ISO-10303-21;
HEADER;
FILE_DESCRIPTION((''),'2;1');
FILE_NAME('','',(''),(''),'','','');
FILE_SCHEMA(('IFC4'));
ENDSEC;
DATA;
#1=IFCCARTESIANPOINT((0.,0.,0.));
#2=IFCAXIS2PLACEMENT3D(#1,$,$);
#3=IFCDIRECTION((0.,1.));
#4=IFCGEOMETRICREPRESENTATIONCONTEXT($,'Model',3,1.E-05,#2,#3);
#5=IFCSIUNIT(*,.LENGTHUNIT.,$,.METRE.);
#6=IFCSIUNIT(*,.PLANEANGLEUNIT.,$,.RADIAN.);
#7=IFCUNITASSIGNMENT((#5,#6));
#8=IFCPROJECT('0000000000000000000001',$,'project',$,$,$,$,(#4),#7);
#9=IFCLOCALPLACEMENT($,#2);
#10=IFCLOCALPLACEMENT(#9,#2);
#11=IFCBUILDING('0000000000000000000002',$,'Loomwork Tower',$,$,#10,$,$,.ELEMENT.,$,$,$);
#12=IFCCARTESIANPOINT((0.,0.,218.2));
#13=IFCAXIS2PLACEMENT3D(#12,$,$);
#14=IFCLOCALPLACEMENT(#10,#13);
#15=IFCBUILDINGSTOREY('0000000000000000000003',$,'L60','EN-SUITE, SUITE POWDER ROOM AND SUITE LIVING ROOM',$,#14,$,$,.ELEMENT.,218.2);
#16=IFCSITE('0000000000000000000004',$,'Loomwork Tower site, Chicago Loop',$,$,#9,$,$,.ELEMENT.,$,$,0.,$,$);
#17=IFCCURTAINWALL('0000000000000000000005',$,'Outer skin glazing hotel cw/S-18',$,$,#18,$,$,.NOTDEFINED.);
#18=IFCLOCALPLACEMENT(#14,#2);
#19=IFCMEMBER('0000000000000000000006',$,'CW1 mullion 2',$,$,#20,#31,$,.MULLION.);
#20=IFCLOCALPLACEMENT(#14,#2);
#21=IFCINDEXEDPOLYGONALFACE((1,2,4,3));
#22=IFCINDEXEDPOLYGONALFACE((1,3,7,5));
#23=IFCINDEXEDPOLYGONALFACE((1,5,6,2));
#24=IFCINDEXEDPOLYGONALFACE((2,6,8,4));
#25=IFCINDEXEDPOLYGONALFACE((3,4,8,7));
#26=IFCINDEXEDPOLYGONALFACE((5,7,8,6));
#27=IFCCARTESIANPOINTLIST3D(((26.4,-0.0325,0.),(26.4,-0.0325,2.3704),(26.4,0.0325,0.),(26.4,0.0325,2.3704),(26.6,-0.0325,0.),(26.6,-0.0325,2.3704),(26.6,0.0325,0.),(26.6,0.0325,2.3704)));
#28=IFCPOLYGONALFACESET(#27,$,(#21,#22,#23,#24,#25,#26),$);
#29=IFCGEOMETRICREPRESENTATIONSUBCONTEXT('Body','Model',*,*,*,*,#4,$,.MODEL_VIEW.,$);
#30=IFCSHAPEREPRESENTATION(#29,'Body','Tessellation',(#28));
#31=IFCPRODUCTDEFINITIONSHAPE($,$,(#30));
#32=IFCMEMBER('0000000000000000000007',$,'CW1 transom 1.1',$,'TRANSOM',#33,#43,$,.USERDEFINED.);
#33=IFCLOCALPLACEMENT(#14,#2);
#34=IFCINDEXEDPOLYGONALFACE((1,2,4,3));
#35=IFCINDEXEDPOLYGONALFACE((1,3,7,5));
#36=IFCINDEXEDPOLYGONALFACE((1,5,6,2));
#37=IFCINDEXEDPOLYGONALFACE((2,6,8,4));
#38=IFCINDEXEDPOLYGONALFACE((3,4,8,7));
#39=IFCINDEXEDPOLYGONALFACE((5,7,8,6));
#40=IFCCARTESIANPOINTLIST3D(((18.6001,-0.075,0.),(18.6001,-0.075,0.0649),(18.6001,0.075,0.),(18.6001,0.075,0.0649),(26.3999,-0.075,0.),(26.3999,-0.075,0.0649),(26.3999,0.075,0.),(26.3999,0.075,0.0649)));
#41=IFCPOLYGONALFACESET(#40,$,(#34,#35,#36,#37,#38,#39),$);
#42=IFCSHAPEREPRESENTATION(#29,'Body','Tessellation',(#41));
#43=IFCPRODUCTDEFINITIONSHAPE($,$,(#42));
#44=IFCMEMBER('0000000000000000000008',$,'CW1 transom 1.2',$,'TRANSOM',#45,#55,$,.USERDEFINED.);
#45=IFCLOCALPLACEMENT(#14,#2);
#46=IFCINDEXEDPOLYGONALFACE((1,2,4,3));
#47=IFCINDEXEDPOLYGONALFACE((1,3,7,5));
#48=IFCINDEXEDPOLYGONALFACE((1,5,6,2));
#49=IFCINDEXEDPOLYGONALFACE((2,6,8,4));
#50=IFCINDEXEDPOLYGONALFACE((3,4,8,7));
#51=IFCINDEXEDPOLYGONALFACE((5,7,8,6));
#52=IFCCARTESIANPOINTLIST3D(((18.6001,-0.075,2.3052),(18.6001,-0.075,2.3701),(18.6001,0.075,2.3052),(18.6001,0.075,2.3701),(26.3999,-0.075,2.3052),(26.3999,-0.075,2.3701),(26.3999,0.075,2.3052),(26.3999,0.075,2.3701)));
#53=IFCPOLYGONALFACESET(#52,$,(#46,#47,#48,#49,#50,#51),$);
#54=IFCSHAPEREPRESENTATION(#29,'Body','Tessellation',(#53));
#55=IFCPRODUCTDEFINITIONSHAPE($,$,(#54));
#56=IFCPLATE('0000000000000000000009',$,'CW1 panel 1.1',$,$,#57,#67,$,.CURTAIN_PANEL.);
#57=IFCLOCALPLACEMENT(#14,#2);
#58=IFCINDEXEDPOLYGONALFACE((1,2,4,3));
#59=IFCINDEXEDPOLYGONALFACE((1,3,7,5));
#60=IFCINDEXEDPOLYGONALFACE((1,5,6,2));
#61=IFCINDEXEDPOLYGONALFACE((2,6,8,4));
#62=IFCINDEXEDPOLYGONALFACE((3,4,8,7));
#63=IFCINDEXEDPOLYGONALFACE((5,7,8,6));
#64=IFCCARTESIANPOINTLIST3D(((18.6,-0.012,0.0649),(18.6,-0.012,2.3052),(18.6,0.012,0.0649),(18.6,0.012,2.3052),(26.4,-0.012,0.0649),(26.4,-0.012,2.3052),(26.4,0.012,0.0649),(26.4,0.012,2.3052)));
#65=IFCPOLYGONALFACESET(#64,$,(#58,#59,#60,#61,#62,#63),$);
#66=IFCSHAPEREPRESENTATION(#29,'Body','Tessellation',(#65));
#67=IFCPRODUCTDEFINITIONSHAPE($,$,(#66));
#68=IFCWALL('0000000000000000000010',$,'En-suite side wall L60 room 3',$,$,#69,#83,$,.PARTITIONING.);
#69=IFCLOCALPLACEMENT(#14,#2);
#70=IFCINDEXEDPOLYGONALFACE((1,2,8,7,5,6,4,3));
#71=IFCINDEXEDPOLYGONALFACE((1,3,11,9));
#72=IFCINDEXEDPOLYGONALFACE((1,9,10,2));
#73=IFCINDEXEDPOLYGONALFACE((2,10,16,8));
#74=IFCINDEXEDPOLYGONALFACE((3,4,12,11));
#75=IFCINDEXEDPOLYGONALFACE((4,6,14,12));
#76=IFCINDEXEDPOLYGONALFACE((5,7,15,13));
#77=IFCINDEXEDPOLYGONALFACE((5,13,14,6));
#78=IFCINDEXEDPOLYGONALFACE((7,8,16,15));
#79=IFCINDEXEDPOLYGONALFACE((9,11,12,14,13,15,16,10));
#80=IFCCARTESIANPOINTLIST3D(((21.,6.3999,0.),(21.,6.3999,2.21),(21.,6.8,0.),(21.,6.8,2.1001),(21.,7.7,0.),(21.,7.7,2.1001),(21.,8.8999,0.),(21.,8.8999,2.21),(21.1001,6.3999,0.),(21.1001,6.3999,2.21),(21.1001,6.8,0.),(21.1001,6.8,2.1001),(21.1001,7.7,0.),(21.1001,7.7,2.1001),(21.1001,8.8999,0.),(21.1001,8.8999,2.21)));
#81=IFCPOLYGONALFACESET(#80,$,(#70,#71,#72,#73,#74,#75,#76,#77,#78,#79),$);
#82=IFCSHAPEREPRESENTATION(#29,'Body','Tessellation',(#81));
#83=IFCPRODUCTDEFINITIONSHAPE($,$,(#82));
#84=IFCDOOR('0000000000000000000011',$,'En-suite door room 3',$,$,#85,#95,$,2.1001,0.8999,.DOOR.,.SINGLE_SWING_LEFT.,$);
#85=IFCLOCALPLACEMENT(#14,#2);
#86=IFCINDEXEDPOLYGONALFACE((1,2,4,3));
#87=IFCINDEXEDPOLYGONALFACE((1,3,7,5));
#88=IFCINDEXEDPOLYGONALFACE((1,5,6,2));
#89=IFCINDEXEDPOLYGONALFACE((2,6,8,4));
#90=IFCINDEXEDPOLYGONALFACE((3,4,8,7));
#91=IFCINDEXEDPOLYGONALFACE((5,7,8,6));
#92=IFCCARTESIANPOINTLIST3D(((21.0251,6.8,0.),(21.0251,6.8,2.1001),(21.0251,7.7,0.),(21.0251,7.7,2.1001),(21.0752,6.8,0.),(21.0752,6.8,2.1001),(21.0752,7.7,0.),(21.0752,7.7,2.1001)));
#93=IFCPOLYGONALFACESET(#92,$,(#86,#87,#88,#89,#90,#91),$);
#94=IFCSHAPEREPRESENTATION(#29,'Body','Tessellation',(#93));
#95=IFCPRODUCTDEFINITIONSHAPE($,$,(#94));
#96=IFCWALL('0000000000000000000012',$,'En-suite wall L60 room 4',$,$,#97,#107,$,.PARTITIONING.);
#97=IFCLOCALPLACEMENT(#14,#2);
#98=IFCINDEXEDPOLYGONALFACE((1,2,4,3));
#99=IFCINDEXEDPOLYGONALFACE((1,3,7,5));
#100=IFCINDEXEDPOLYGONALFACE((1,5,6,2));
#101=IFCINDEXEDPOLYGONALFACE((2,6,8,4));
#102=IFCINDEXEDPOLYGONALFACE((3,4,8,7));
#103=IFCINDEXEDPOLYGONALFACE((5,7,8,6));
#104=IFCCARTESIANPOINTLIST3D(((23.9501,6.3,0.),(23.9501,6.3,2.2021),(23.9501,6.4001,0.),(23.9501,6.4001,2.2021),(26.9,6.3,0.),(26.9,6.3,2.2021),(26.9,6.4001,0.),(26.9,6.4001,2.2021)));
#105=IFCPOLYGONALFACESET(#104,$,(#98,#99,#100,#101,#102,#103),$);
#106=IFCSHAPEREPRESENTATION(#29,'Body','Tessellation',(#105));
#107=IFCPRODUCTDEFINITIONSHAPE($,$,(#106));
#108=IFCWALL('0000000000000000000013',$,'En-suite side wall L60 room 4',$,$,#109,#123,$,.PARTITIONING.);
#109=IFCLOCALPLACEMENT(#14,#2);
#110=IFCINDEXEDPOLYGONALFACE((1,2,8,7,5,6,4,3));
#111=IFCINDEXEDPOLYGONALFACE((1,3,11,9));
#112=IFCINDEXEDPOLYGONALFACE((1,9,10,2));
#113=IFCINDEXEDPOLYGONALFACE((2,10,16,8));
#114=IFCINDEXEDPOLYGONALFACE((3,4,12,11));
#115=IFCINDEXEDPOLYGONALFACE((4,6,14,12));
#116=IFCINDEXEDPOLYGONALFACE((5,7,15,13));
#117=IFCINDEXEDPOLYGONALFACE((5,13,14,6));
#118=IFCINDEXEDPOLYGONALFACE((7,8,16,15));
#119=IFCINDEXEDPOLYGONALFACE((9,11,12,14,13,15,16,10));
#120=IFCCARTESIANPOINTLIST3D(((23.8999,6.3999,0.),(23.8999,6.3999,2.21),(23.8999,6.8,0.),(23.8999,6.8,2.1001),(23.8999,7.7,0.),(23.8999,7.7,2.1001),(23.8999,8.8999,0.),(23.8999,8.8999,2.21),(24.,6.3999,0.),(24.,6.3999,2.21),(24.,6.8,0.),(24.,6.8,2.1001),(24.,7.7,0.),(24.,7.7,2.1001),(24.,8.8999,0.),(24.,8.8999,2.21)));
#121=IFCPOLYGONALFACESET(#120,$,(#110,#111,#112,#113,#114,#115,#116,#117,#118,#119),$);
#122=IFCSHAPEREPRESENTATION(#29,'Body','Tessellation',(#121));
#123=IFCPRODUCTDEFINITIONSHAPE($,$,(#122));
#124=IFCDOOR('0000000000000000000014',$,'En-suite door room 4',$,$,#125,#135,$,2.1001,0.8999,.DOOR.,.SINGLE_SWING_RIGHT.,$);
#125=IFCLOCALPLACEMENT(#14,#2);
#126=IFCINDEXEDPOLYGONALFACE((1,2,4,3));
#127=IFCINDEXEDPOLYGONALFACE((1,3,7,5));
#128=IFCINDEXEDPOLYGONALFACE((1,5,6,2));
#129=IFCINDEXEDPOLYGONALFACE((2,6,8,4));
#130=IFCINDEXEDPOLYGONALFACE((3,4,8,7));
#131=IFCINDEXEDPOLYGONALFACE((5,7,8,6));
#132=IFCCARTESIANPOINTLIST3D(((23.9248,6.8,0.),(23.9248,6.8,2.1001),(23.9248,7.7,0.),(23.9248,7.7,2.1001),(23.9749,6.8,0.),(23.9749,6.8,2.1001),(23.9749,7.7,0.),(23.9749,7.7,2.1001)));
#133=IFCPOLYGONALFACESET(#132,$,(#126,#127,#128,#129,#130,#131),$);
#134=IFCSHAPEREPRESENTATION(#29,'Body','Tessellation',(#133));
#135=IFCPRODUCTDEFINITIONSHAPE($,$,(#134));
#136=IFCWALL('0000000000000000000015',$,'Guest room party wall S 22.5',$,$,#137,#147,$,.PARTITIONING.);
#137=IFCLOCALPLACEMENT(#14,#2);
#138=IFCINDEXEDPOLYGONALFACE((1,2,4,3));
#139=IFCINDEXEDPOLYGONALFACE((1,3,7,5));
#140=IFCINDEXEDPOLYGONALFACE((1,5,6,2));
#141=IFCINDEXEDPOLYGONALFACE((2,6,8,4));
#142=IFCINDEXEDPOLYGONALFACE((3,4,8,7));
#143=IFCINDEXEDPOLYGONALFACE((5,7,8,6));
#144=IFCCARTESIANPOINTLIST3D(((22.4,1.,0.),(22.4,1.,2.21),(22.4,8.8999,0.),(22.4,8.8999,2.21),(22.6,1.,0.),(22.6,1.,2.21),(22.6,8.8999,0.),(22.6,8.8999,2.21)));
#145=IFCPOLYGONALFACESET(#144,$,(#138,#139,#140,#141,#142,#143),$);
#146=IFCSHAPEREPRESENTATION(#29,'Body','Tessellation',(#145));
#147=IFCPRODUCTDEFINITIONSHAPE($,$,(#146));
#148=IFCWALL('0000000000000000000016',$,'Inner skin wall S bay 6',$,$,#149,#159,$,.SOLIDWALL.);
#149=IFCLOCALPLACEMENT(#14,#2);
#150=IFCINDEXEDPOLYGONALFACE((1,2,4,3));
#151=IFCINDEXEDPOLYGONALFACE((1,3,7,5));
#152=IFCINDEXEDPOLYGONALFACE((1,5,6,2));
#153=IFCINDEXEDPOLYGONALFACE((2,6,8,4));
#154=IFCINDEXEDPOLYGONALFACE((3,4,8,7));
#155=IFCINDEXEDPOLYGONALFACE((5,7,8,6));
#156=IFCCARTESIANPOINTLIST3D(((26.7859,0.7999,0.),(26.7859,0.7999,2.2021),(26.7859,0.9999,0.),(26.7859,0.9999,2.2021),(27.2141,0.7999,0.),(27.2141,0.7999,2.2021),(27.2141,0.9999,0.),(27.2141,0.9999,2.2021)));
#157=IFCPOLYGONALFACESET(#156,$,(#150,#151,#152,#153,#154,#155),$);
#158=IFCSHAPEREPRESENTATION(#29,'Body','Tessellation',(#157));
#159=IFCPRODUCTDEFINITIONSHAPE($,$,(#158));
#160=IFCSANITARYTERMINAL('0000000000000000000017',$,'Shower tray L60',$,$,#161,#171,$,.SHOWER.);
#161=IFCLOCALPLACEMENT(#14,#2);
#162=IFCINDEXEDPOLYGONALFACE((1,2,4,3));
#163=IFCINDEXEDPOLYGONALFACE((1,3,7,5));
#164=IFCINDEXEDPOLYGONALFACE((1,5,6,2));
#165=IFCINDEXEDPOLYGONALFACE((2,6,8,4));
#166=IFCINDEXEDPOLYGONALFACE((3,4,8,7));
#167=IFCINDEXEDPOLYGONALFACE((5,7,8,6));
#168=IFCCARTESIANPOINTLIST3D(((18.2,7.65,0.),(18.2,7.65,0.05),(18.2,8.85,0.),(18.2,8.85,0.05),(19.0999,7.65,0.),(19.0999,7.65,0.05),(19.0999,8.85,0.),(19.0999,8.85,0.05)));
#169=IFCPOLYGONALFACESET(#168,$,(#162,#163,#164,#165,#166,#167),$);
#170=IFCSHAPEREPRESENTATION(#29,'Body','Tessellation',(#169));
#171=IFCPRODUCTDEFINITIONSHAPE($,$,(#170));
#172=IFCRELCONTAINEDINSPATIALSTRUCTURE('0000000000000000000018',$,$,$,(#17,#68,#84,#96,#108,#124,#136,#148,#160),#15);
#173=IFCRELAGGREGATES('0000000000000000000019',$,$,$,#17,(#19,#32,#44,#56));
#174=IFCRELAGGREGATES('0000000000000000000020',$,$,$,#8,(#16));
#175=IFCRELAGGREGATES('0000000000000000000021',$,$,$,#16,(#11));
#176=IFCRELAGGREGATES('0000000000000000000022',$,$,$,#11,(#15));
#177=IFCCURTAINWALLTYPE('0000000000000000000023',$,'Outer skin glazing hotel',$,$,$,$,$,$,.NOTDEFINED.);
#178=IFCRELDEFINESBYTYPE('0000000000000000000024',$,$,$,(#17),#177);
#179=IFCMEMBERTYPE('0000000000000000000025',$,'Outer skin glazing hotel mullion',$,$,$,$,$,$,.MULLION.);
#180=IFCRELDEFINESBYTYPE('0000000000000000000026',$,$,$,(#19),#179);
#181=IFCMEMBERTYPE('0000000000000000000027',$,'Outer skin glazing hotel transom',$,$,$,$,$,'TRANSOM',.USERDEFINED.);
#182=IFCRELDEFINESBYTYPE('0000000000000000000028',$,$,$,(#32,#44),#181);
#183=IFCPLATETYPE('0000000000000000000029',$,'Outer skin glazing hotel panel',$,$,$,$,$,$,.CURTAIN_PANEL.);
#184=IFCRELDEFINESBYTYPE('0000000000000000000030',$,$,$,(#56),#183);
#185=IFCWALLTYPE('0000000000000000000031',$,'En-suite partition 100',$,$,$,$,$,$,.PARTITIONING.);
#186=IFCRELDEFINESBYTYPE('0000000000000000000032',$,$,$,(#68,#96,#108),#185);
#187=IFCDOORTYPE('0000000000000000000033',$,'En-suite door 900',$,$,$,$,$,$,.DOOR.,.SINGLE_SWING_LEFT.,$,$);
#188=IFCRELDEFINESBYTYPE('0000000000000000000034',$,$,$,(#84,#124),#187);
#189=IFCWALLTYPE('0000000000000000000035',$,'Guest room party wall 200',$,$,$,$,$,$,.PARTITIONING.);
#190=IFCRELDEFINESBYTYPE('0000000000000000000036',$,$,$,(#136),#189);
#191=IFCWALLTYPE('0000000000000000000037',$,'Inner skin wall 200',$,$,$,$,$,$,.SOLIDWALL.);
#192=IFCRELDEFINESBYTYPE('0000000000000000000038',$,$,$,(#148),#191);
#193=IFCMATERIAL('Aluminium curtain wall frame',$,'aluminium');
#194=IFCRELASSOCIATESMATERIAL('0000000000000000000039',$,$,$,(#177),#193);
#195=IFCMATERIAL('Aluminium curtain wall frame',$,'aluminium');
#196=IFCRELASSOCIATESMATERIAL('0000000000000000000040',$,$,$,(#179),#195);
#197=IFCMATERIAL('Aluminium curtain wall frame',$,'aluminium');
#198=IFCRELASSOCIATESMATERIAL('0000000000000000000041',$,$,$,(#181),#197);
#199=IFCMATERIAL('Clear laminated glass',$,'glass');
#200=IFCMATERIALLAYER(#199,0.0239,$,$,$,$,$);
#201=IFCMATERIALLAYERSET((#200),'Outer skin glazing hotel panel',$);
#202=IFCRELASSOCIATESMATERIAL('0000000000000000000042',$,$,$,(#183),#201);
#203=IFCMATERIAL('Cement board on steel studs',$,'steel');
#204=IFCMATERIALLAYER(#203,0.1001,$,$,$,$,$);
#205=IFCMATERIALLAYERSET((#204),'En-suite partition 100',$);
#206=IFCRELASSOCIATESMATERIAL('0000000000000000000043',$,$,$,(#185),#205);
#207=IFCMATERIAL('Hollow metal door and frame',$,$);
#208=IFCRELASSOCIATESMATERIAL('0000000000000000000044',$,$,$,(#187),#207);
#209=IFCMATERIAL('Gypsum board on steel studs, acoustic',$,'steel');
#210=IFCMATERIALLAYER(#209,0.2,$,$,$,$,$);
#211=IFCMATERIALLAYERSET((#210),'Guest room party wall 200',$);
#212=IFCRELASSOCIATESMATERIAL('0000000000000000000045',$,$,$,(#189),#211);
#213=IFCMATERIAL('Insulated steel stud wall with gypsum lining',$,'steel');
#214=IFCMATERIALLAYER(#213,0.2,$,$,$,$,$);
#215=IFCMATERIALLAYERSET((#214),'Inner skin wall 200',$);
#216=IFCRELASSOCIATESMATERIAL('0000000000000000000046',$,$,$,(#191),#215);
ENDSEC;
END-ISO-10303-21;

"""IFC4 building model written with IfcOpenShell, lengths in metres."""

from ifc_helpers import new_model, si_unit, direction, frame, frame_2d, origin, origin_2d, place, context, subcontext, project, spatial, rectangle, extrude, material, layer, layer_set, material_profile, profile_set, type_object, element, fill, aggregate, save


model = new_model("IFC4")

# Units and contexts
model_context = context("Model", 3, precision=1e-05, world=origin(), true_north=direction((0.0, 1.0)))
body_context = subcontext(model_context, "Body", "Model", "MODEL_VIEW")
ifc_project = project(units=[si_unit("LENGTHUNIT", "METRE"), si_unit("PLANEANGLEUNIT", "RADIAN")], contexts=[model_context])

# Site, building, storey
site_placement = place(None, origin())
site = spatial("IfcSite", under=ifc_project, at=site_placement, Name="Loomwork Tower site, Chicago Loop", CompositionType="ELEMENT", RefElevation=0.0)
building_placement = place(site_placement, origin())
building = spatial("IfcBuilding", under=site, at=building_placement, Name="Loomwork Tower", CompositionType="ELEMENT")
storey_placement = place(building_placement, frame((0.0, 0.0, 218.2)))
storey = spatial("IfcBuildingStorey", under=building, at=storey_placement, Name="L60", Description="EN-SUITE, SUITE POWDER ROOM AND SUITE LIVING ROOM", CompositionType="ELEMENT", Elevation=218.2)

# Curtain wall, members, plate
ifc_material_1 = material(Name="Aluminium curtain wall frame", Category="aluminium")
curtain_wall_type = type_object("IfcCurtainWallType", Name="Outer skin glazing hotel", PredefinedType="NOTDEFINED", material=ifc_material_1)
curtain_wall_placement = place(storey_placement, origin())
curtain_wall = element("IfcCurtainWall", 1, at=curtain_wall_placement, inside=storey, type_object=curtain_wall_type, Name="Outer skin glazing hotel cw/S-18", PredefinedType="NOTDEFINED")
ifc_material_2 = material(Name="Aluminium curtain wall frame", Category="aluminium")
ifc_material_profile_1 = material_profile(ifc_material_2, rectangle(XDim=0.0649, YDim=0.2, at=origin_2d()), Name="AL 65x200")
ifc_profile_set_1 = profile_set([ifc_material_profile_1], Name="Aluminium curtain wall frame")
member_type_1 = type_object("IfcMemberType", Name="Outer skin glazing hotel mullion", PredefinedType="MULLION", material=ifc_profile_set_1)
member_1_placement = place(storey_placement, frame((26.5, 0.0, 0.0), z_axis=(0.0, 0.0, 1.0), x_axis=(0.0, 1.0, 0.0)))
member_1 = element("IfcMember", 2, at=member_1_placement, type_object=member_type_1, Name="CW1 mullion 2", PredefinedType="MULLION", context=body_context, shape_type="SweptSolid", body=[
    extrude(rectangle(XDim=0.0649, YDim=0.2, at=origin_2d()), origin(), (0.0, 0.0, 1.0), 2.3704),
])
ifc_material_3 = material(Name="Aluminium curtain wall frame", Category="aluminium")
ifc_material_profile_2 = material_profile(ifc_material_3, rectangle(XDim=0.1499, YDim=0.0649, at=origin_2d()), Name="AL 65x150")
ifc_profile_set_2 = profile_set([ifc_material_profile_2], Name="Aluminium curtain wall frame")
member_type_2 = type_object("IfcMemberType", Name="Outer skin glazing hotel transom", ElementType="TRANSOM", PredefinedType="USERDEFINED", material=ifc_profile_set_2)
member_2_placement = place(storey_placement, frame((18.6001, 0.0, 0.0325), z_axis=(1.0, 0.0, 0.0), x_axis=(0.0, 1.0, 0.0)))
member_2 = element("IfcMember", 3, at=member_2_placement, type_object=member_type_2, Name="CW1 transom 1.1", ObjectType="TRANSOM", PredefinedType="USERDEFINED", context=body_context, shape_type="SweptSolid", body=[
    extrude(rectangle(XDim=0.1499, YDim=0.0649, at=origin_2d()), origin(), (0.0, 0.0, 1.0), 7.7998),
])
member_3_placement = place(storey_placement, frame((18.6001, 0.0, 2.3376), z_axis=(1.0, 0.0, 0.0), x_axis=(0.0, 1.0, 0.0)))
member_3 = element("IfcMember", 4, at=member_3_placement, type_object=member_type_2, Name="CW1 transom 1.2", ObjectType="TRANSOM", PredefinedType="USERDEFINED", context=body_context, shape_type="SweptSolid", body=[
    extrude(rectangle(XDim=0.1499, YDim=0.0649, at=origin_2d()), origin(), (0.0, 0.0, 1.0), 7.7998),
])
ifc_material_4 = material(Name="Clear laminated glass", Category="glass")
ifc_layer_1 = layer(ifc_material_4, 0.0239)
ifc_layer_set_1 = layer_set([ifc_layer_1], Name="Outer skin glazing hotel panel")
plate_type = type_object("IfcPlateType", Name="Outer skin glazing hotel panel", PredefinedType="CURTAIN_PANEL", material=ifc_layer_set_1)
plate_placement = place(storey_placement, frame((22.5, 0.0, 0.0649), z_axis=(0.0, 0.0, 1.0), x_axis=(1.0, 0.0, 0.0)))
plate = element("IfcPlate", 5, at=plate_placement, type_object=plate_type, Name="CW1 panel 1.1", PredefinedType="CURTAIN_PANEL", context=body_context, shape_type="SweptSolid", body=[
    extrude(rectangle(XDim=7.8, YDim=0.0239, at=origin_2d()), origin(), (0.0, 0.0, 1.0), 2.2402),
])
aggregate(curtain_wall, [member_1, member_2, member_3, plate])

# Wall, opening, door
ifc_material_5 = material(Name="Cement board on steel studs", Category="steel")
ifc_layer_2 = layer(ifc_material_5, 0.1001)
ifc_layer_set_2 = layer_set([ifc_layer_2], Name="En-suite partition 100")
wall_type_1 = type_object("IfcWallType", Name="En-suite partition 100", PredefinedType="PARTITIONING", material=ifc_layer_set_2)
wall_1_placement = place(storey_placement, frame((21.05, 8.8999, 0.0), z_axis=(0.0, 0.0, 1.0), x_axis=(0.0, -1.0, 0.0)))
wall_1 = element("IfcWall", 6, at=wall_1_placement, inside=storey, type_object=wall_type_1, Name="En-suite side wall L60 room 3", PredefinedType="PARTITIONING", context=body_context, shape_type="SweptSolid", body=[
    extrude(rectangle(XDim=2.5, YDim=0.1001, at=frame_2d((1.25, 0.0))), origin(), (0.0, 0.0, 1.0), 2.21),
])
opening_1_placement = place(wall_1_placement, frame((1.2, 0.0, 0.0)))
opening_1 = element("IfcOpeningElement", 7, at=opening_1_placement, cuts=wall_1, PredefinedType="OPENING", context=body_context, shape_type="SweptSolid", body=[
    extrude(rectangle(XDim=0.8999, YDim=2.1001, at=frame_2d((0.45, 1.05))), frame((0.0, 0.0601, 0.0), z_axis=(0.0, -1.0, 0.0), x_axis=(1.0, 0.0, 0.0)), (0.0, 0.0, 1.0), 0.1201),
])
ifc_material_6 = material(Name="Hollow metal door and frame")
door_type = type_object("IfcDoorType", Name="En-suite door 900", OperationType="SINGLE_SWING_LEFT", PredefinedType="DOOR", material=ifc_material_6)
door_1_placement = place(opening_1_placement, frame((0.8999, 0.0, 0.0), z_axis=(0.0, 0.0, 1.0), x_axis=(-1.0, 0.0, 0.0)))
door_1 = element("IfcDoor", 8, at=door_1_placement, inside=storey, type_object=door_type, Name="En-suite door room 3", OperationType="SINGLE_SWING_LEFT", OverallHeight=2.1001, OverallWidth=0.8999, PredefinedType="DOOR", context=body_context, shape_type="SweptSolid", body=[
    extrude(rectangle(XDim=0.8999, YDim=2.1001, at=frame_2d((0.45, 1.05))), frame((0.0, 0.0249, 0.0), z_axis=(0.0, -1.0, 0.0), x_axis=(1.0, 0.0, 0.0)), (0.0, 0.0, 1.0), 0.05),
])
fill(opening_1, door_1)

# Wall
wall_2_placement = place(storey_placement, frame((23.95, 6.3501, 0.0), z_axis=(0.0, 0.0, 1.0), x_axis=(1.0, 0.0, 0.0)))
element("IfcWall", 9, at=wall_2_placement, inside=storey, type_object=wall_type_1, Name="En-suite wall L60 room 4", PredefinedType="PARTITIONING", context=body_context, shape_type="SweptSolid", body=[
    extrude(rectangle(XDim=2.95, YDim=0.1001, at=frame_2d((1.4751, 0.0))), origin(), (0.0, 0.0, 1.0), 2.2021),
])

# Wall, opening, door
wall_3_placement = place(storey_placement, frame((23.95, 8.8999, 0.0), z_axis=(0.0, 0.0, 1.0), x_axis=(0.0, -1.0, 0.0)))
wall_3 = element("IfcWall", 10, at=wall_3_placement, inside=storey, type_object=wall_type_1, Name="En-suite side wall L60 room 4", PredefinedType="PARTITIONING", context=body_context, shape_type="SweptSolid", body=[
    extrude(rectangle(XDim=2.5, YDim=0.1001, at=frame_2d((1.25, 0.0))), origin(), (0.0, 0.0, 1.0), 2.21),
])
opening_2_placement = place(wall_3_placement, frame((1.2, 0.0, 0.0)))
opening_2 = element("IfcOpeningElement", 11, at=opening_2_placement, cuts=wall_3, PredefinedType="OPENING", context=body_context, shape_type="SweptSolid", body=[
    extrude(rectangle(XDim=0.8999, YDim=2.1001, at=frame_2d((0.45, 1.05))), frame((0.0, 0.0601, 0.0), z_axis=(0.0, -1.0, 0.0), x_axis=(1.0, 0.0, 0.0)), (0.0, 0.0, 1.0), 0.1201),
])
door_2_placement = place(opening_2_placement, origin())
door_2 = element("IfcDoor", 12, at=door_2_placement, inside=storey, type_object=door_type, Name="En-suite door room 4", OperationType="SINGLE_SWING_RIGHT", OverallHeight=2.1001, OverallWidth=0.8999, PredefinedType="DOOR", context=body_context, shape_type="SweptSolid", body=[
    extrude(rectangle(XDim=0.8999, YDim=2.1001, at=frame_2d((0.45, 1.05))), frame((0.0, 0.0249, 0.0), z_axis=(0.0, -1.0, 0.0), x_axis=(1.0, 0.0, 0.0)), (0.0, 0.0, 1.0), 0.05),
])
fill(opening_2, door_2)

# Walls
ifc_material_7 = material(Name="Gypsum board on steel studs, acoustic", Category="steel")
ifc_layer_3 = layer(ifc_material_7, 0.2)
ifc_layer_set_3 = layer_set([ifc_layer_3], Name="Guest room party wall 200")
wall_type_2 = type_object("IfcWallType", Name="Guest room party wall 200", PredefinedType="PARTITIONING", material=ifc_layer_set_3)
wall_4_placement = place(storey_placement, frame((22.5, 8.8999, 0.0), z_axis=(0.0, 0.0, 1.0), x_axis=(0.0, -1.0, 0.0)))
element("IfcWall", 13, at=wall_4_placement, inside=storey, type_object=wall_type_2, Name="Guest room party wall S 22.5", PredefinedType="PARTITIONING", context=body_context, shape_type="SweptSolid", body=[
    extrude(rectangle(XDim=7.8999, YDim=0.2, at=frame_2d((3.95, 0.0))), origin(), (0.0, 0.0, 1.0), 2.21),
])
ifc_material_8 = material(Name="Insulated steel stud wall with gypsum lining", Category="steel")
ifc_layer_4 = layer(ifc_material_8, 0.2)
ifc_layer_set_4 = layer_set([ifc_layer_4], Name="Inner skin wall 200")
wall_type_3 = type_object("IfcWallType", Name="Inner skin wall 200", PredefinedType="SOLIDWALL", material=ifc_layer_set_4)
wall_5_placement = place(storey_placement, frame((26.7859, 0.8999, 0.0), z_axis=(0.0, 0.0, 1.0), x_axis=(1.0, 0.0, 0.0)))
element("IfcWall", 14, at=wall_5_placement, inside=storey, type_object=wall_type_3, Name="Inner skin wall S bay 6", PredefinedType="SOLIDWALL", context=body_context, shape_type="SweptSolid", body=[
    extrude(rectangle(XDim=0.4282, YDim=0.2, at=frame_2d((0.2141, 0.0))), origin(), (0.0, 0.0, 1.0), 2.2021),
])

# Sanitary terminal
sanitary_terminal_1_placement = place(storey_placement, frame((18.6499, 8.25, 0.0), z_axis=(0.0, 0.0, 1.0), x_axis=(1.0, 0.0, 0.0)))
element("IfcSanitaryTerminal", 15, at=sanitary_terminal_1_placement, inside=storey, Name="Shower tray L60", PredefinedType="SHOWER", context=body_context, shape_type="SweptSolid", body=[
    extrude(rectangle(XDim=0.8999, YDim=1.2, at=origin_2d()), origin(), (0.0, 0.0, 1.0), 0.05),
])

save(model, "model.ifc")
